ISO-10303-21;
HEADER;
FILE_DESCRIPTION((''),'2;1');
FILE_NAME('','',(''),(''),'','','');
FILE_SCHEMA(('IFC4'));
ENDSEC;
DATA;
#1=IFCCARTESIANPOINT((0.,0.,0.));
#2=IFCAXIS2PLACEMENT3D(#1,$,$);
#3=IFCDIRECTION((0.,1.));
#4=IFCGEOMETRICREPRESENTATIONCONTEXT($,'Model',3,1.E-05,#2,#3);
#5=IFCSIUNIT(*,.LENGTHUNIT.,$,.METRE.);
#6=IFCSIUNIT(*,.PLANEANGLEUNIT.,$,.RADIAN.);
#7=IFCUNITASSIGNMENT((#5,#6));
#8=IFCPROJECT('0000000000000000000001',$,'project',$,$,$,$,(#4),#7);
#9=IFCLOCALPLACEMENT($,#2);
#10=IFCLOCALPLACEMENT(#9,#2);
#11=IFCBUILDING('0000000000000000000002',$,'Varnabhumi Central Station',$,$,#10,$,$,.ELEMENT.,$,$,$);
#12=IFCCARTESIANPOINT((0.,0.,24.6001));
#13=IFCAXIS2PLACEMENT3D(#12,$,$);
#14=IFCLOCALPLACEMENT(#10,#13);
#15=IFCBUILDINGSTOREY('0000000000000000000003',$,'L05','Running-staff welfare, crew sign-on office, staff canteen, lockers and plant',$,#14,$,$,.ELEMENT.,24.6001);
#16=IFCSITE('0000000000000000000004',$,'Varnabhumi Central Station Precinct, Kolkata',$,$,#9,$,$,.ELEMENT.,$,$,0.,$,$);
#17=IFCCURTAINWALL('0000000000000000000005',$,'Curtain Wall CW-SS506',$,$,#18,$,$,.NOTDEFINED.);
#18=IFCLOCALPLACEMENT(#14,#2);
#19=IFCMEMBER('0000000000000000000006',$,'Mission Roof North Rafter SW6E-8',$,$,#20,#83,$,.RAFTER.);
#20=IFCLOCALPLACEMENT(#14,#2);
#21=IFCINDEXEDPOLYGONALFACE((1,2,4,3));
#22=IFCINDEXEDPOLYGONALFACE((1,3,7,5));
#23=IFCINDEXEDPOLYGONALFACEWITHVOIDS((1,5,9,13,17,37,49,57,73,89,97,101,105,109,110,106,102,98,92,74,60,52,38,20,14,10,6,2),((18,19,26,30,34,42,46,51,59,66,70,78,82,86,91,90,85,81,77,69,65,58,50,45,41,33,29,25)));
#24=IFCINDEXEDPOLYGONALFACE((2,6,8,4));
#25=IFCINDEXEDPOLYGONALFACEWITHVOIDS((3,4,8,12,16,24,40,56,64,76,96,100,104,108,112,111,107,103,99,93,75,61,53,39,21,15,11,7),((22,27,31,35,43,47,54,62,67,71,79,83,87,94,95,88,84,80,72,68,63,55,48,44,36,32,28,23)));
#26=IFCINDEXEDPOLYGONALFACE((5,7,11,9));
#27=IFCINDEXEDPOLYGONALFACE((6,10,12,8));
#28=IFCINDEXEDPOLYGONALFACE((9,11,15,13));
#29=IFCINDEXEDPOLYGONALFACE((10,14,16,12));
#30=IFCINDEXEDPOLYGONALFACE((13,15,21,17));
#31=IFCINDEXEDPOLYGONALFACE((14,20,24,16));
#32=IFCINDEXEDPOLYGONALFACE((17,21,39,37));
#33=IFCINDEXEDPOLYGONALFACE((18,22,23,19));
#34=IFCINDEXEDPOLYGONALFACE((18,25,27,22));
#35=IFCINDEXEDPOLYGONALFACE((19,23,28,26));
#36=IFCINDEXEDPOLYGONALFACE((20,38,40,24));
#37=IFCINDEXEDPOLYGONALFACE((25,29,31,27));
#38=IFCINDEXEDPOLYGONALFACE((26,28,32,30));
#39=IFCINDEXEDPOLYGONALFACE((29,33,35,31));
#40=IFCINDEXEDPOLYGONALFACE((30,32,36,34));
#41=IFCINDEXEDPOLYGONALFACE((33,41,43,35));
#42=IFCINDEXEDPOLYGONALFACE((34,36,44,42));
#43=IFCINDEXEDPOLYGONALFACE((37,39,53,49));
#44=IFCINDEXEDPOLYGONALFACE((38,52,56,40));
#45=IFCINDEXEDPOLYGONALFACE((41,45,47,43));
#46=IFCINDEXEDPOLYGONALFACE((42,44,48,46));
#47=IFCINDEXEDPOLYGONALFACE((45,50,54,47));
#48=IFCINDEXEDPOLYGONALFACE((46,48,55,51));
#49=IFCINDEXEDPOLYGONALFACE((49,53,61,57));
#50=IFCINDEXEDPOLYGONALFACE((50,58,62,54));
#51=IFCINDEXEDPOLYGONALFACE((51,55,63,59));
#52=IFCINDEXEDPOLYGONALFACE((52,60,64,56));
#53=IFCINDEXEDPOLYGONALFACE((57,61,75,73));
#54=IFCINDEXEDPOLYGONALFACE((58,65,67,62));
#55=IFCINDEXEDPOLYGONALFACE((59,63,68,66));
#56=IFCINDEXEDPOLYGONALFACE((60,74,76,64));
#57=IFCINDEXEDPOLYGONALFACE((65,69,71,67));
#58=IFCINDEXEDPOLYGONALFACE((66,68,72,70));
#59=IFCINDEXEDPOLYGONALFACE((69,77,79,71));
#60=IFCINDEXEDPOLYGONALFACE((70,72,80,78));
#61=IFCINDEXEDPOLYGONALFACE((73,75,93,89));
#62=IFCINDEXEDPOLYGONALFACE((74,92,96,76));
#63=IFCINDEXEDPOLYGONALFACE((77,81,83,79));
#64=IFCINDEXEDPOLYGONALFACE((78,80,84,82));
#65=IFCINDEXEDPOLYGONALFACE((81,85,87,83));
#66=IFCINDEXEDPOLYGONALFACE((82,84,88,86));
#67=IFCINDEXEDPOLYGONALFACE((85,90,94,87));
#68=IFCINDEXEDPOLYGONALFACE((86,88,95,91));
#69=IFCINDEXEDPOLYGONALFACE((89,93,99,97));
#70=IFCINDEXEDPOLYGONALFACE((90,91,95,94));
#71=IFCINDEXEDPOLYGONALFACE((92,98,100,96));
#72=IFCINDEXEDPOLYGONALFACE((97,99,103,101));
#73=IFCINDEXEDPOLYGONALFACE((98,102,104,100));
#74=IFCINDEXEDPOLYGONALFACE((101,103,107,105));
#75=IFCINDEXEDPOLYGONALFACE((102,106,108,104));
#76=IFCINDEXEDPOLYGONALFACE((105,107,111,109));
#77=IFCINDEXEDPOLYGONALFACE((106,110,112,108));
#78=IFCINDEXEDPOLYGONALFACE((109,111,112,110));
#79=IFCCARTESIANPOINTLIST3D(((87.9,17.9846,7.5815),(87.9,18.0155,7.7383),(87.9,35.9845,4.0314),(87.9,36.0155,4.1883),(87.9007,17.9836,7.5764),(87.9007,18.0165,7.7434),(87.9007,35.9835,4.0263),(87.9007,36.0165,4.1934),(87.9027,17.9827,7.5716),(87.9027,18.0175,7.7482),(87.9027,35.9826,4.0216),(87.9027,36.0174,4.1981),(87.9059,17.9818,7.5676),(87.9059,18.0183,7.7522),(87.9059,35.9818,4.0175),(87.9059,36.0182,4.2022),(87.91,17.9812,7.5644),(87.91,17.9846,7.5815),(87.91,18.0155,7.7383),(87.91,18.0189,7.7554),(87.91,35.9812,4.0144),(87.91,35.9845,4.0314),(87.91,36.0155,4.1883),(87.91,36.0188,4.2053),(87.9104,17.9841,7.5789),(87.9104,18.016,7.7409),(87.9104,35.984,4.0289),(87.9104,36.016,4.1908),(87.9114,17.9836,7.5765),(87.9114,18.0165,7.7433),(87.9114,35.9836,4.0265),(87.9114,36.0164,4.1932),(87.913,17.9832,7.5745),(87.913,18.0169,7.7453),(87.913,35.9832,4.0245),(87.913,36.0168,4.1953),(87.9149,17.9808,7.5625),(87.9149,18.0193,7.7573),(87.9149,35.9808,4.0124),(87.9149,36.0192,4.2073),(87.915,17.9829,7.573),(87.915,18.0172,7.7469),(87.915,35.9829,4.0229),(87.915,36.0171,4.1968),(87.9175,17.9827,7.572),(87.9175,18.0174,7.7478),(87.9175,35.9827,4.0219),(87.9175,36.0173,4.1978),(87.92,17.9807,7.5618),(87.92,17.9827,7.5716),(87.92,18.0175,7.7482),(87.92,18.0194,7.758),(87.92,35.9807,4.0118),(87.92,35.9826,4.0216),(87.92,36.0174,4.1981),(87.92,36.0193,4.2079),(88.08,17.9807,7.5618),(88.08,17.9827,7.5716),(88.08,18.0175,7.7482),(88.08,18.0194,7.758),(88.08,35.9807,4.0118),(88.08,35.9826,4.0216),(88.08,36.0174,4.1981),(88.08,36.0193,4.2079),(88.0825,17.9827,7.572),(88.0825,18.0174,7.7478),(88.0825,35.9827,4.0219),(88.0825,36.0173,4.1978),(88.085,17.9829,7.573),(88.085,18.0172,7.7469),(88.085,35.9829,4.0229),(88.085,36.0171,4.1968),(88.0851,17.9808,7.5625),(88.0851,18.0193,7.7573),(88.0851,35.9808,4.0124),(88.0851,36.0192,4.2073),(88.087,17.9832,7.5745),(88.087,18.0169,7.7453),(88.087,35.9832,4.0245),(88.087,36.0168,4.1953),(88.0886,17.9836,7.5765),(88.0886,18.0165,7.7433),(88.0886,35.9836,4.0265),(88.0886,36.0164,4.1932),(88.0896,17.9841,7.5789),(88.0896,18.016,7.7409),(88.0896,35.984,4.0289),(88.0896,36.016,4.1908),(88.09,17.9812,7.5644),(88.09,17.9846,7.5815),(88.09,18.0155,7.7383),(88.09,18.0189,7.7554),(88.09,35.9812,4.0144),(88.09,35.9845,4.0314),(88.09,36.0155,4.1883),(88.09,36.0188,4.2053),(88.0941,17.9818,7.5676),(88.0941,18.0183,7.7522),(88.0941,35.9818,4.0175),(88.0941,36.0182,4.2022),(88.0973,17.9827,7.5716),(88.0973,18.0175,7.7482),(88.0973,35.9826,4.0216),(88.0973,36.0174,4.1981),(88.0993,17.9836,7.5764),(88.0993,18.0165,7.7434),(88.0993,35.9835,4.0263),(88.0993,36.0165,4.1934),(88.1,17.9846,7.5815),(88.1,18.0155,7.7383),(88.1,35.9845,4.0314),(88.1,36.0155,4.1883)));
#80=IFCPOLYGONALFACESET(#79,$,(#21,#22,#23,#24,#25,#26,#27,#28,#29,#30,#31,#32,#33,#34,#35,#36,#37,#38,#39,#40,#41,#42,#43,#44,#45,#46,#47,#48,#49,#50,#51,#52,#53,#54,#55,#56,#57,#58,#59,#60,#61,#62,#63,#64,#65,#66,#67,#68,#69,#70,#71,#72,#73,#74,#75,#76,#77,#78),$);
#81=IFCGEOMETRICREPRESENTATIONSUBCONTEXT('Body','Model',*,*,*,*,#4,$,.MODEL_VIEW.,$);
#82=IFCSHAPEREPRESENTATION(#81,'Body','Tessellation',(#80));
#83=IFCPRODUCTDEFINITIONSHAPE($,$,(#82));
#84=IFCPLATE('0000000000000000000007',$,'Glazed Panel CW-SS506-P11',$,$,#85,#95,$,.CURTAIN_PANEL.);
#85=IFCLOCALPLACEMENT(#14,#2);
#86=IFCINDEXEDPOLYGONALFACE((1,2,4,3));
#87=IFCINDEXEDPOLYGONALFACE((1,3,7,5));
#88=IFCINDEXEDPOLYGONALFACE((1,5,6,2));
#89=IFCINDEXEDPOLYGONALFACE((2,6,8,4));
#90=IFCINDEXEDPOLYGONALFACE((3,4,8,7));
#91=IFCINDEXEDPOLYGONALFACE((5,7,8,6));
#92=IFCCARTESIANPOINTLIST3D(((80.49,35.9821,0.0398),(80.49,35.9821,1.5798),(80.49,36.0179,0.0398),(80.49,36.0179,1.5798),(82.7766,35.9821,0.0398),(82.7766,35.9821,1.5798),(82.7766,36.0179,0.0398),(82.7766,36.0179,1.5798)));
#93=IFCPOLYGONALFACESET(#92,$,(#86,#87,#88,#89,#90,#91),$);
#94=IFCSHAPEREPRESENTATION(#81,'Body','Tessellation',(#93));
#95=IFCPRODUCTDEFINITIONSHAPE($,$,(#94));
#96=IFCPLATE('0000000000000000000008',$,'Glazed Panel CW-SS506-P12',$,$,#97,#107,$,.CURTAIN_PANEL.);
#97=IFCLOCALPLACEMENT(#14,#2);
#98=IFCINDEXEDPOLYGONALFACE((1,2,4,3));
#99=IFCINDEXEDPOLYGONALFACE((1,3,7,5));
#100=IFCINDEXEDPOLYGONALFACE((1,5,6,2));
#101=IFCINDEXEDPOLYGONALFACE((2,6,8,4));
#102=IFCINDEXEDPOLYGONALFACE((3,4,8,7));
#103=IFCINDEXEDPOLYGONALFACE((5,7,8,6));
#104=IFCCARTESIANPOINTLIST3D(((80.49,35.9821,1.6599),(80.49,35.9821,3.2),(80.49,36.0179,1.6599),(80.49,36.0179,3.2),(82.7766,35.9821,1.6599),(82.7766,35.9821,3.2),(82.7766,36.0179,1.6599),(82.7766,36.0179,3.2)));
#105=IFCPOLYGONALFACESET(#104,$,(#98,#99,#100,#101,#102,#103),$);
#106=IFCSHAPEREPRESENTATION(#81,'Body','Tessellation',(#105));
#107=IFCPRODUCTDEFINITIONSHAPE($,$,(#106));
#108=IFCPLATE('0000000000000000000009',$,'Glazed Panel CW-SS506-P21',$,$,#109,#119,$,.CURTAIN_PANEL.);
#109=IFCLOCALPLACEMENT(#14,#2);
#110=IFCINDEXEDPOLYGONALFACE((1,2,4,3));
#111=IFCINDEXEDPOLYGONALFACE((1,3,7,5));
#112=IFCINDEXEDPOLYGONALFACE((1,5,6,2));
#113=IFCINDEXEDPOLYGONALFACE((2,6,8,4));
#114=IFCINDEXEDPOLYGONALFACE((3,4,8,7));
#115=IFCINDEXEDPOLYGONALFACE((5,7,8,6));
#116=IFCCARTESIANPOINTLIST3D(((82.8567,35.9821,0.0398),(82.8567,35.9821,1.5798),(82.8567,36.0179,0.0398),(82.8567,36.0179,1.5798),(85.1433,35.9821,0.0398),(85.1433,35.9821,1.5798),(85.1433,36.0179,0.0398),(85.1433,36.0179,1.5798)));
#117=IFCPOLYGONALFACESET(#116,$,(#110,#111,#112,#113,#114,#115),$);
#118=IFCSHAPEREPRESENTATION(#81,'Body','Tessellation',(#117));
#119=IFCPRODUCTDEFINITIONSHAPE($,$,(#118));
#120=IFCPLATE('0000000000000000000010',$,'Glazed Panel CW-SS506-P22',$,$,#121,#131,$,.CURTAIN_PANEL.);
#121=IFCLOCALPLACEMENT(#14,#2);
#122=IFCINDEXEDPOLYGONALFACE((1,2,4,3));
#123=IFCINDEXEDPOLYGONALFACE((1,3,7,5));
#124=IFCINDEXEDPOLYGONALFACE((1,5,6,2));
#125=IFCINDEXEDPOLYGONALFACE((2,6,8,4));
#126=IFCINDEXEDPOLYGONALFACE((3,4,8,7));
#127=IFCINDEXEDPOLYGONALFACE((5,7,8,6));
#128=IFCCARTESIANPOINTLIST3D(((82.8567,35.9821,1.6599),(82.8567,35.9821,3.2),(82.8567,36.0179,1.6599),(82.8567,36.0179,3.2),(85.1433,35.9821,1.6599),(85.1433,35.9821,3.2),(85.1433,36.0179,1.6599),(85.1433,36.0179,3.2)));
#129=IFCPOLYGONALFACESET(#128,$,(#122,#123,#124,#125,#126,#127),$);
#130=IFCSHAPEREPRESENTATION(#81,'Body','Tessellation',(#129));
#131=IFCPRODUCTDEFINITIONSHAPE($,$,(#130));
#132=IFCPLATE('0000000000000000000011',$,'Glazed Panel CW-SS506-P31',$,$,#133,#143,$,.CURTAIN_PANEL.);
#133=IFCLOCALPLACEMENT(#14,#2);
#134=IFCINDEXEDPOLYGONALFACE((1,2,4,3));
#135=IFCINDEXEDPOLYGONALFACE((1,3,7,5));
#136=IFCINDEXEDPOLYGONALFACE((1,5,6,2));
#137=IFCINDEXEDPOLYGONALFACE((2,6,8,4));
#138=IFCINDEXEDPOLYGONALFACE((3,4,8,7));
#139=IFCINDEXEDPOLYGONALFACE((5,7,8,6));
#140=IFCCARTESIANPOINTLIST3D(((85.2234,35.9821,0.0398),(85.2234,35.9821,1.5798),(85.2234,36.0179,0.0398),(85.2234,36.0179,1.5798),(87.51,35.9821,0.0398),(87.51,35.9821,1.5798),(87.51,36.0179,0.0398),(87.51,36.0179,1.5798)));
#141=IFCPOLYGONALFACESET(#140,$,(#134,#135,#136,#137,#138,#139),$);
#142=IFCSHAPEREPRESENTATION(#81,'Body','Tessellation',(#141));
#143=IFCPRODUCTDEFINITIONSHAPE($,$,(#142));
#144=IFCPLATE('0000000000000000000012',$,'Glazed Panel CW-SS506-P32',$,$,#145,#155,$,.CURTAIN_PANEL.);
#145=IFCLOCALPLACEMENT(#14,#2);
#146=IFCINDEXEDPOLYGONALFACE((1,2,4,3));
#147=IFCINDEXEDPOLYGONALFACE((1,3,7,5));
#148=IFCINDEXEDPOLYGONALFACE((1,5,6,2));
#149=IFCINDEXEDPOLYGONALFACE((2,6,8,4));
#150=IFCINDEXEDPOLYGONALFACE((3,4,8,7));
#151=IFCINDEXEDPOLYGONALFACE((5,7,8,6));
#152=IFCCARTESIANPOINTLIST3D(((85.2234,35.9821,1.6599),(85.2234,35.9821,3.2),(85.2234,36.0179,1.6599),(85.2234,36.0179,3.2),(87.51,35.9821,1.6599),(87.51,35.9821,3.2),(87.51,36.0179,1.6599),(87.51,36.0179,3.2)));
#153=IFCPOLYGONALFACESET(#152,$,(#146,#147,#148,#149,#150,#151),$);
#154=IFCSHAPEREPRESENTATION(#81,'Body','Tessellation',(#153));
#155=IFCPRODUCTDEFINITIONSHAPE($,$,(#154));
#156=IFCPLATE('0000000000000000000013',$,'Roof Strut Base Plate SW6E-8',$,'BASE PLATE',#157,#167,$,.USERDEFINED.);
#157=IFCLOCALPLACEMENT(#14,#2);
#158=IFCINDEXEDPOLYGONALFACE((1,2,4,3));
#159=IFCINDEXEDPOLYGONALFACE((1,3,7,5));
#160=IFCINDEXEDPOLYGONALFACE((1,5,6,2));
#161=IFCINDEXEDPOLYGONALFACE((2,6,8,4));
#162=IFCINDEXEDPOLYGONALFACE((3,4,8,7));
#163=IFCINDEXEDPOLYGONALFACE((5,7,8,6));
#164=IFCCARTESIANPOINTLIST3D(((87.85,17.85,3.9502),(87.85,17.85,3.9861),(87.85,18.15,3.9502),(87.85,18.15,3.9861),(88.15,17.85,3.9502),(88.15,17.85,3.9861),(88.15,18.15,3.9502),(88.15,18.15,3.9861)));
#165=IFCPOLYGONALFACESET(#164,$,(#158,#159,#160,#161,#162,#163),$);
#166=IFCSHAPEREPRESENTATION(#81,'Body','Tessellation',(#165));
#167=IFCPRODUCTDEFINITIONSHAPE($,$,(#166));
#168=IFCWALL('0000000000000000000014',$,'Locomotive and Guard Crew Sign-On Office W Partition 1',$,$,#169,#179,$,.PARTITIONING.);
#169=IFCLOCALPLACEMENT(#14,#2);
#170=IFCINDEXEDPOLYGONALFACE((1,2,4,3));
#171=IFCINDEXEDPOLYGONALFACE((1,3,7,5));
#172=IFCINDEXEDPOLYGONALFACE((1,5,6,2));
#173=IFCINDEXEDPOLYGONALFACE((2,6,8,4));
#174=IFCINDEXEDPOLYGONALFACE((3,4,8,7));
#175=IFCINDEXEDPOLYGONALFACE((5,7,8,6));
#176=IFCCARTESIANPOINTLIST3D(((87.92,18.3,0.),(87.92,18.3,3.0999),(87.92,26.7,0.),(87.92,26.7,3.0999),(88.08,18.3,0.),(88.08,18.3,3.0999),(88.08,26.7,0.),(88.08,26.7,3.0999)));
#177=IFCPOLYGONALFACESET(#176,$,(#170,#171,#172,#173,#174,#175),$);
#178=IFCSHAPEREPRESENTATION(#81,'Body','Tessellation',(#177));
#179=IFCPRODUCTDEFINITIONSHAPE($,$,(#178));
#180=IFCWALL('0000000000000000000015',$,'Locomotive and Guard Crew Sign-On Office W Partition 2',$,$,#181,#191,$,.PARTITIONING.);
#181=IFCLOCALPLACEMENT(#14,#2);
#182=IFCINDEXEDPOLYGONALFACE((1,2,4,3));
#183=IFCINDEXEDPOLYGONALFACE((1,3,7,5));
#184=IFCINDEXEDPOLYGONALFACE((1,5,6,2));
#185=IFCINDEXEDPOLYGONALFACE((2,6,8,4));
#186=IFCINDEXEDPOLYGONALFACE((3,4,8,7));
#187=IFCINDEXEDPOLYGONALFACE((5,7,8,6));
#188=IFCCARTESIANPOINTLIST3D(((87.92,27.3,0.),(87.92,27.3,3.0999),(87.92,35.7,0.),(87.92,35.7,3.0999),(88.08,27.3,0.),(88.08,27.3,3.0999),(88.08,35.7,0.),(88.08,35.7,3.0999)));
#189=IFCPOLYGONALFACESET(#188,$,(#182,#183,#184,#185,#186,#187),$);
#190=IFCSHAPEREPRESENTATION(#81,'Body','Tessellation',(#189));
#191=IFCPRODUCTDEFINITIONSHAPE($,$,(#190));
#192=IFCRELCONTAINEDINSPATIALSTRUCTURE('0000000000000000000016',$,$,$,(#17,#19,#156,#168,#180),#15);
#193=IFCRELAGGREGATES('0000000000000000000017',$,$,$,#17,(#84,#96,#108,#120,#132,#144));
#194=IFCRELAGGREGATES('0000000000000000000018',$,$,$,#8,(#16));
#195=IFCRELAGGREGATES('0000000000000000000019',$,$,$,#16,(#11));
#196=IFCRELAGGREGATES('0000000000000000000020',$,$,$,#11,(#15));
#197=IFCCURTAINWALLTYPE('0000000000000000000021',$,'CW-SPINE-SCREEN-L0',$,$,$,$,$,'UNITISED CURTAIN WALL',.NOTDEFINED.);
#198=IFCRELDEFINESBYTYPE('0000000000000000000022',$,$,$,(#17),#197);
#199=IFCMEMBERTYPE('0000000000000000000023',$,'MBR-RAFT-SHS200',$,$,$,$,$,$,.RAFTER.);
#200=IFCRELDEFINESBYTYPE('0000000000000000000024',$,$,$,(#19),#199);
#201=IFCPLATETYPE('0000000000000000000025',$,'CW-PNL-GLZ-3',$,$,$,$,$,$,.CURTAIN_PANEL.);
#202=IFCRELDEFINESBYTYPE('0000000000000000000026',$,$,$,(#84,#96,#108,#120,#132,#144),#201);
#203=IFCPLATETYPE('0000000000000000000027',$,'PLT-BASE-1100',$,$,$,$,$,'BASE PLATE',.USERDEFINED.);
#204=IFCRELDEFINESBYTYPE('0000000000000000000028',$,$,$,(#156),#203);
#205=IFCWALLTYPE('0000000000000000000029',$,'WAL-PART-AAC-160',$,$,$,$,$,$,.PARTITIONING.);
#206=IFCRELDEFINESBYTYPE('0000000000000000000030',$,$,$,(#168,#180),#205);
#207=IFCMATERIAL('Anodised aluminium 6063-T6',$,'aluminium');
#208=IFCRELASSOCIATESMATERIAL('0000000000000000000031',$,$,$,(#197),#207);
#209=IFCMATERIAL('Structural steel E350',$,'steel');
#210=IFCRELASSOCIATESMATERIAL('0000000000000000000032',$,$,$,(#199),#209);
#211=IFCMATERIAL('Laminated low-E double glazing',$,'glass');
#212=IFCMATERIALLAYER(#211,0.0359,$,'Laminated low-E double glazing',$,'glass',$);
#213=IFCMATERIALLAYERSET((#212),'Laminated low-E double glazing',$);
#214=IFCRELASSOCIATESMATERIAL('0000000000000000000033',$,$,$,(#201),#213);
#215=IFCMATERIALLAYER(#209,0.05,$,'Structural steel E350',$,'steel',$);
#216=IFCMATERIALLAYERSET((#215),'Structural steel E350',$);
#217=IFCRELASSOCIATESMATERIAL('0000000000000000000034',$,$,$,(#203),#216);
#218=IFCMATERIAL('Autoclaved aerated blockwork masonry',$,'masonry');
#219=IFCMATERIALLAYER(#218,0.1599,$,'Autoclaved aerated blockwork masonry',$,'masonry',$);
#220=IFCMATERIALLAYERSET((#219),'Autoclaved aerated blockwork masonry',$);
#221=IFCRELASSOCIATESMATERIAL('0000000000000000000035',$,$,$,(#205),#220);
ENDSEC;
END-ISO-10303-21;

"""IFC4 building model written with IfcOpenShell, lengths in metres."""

from ifc_helpers import new_model, si_unit, direction, frame, frame_2d, origin, origin_2d, place, context, subcontext, project, spatial, rectangle, hollow_rectangle, extrude, material, layer, layer_set, material_profile, profile_set, type_object, element, aggregate, save


model = new_model("IFC4")

# Units and contexts
model_context = context("Model", 3, precision=1e-05, world=origin(), true_north=direction((0.0, 1.0)))
body_context = subcontext(model_context, "Body", "Model", "MODEL_VIEW")
ifc_project = project(units=[si_unit("LENGTHUNIT", "METRE"), si_unit("PLANEANGLEUNIT", "RADIAN")], contexts=[model_context])

# Site, building, storey
site_placement = place(None, origin())
site = spatial("IfcSite", under=ifc_project, at=site_placement, Name="Varnabhumi Central Station Precinct, Kolkata", CompositionType="ELEMENT", RefElevation=0.0)
building_placement = place(site_placement, origin())
building = spatial("IfcBuilding", under=site, at=building_placement, Name="Varnabhumi Central Station", CompositionType="ELEMENT")
storey_placement = place(building_placement, frame((0.0, 0.0, 24.6001)))
storey = spatial("IfcBuildingStorey", under=building, at=storey_placement, Name="L05", Description="Running-staff welfare, crew sign-on office, staff canteen, lockers and plant", CompositionType="ELEMENT", Elevation=24.6001)

# Shared definitions
ifc_material_1 = material(Name="Structural steel E350", Category="steel")

# Curtain wall
ifc_material_2 = material(Name="Anodised aluminium 6063-T6", Category="aluminium")
curtain_wall_type = type_object("IfcCurtainWallType", Name="CW-SPINE-SCREEN-L0", ElementType="UNITISED CURTAIN WALL", PredefinedType="NOTDEFINED", material=ifc_material_2)
curtain_wall_placement = place(storey_placement, origin())
curtain_wall = element("IfcCurtainWall", 1, at=curtain_wall_placement, inside=storey, type_object=curtain_wall_type, Name="Curtain Wall CW-SS506", PredefinedType="NOTDEFINED")

# Member
ifc_material_profile_1 = material_profile(ifc_material_1, hollow_rectangle(XDim=0.2, YDim=0.2, WallThickness=0.01, InnerFilletRadius=0.01, OuterFilletRadius=0.02, at=origin_2d()), Name="Structural steel E350", Category="steel")
ifc_profile_set_1 = profile_set([ifc_material_profile_1], Name="Structural steel E350")
member_type_1 = type_object("IfcMemberType", Name="MBR-RAFT-SHS200", PredefinedType="RAFTER", material=ifc_profile_set_1)
member_1_placement = place(storey_placement, frame((88.0, 36.0, 4.1099), z_axis=(0.0, -0.981101, 0.193498), x_axis=(1.0, 0.0, 0.0)))
element("IfcMember", 2, at=member_1_placement, inside=storey, type_object=member_type_1, Name="Mission Roof North Rafter SW6E-8", PredefinedType="RAFTER", context=body_context, shape_type="SweptSolid", body=[
    extrude(hollow_rectangle(XDim=0.2, YDim=0.2, WallThickness=0.01, InnerFilletRadius=0.01, OuterFilletRadius=0.02, at=origin_2d()), origin(), (0.0, 0.0, 1.0), 18.3467),
])

# Plates
ifc_material_3 = material(Name="Laminated low-E double glazing", Category="glass")
ifc_layer_1 = layer(ifc_material_3, 0.0359, Name="Laminated low-E double glazing", Category="glass")
ifc_layer_set_1 = layer_set([ifc_layer_1], Name="Laminated low-E double glazing")
plate_type_1 = type_object("IfcPlateType", Name="CW-PNL-GLZ-3", PredefinedType="CURTAIN_PANEL", material=ifc_layer_set_1)
plate_1_placement = place(storey_placement, frame((81.6333, 36.0, 0.0398), z_axis=(0.0, 0.0, 1.0), x_axis=(1.0, 0.0, 0.0)))
plate_1 = element("IfcPlate", 3, at=plate_1_placement, type_object=plate_type_1, Name="Glazed Panel CW-SS506-P11", PredefinedType="CURTAIN_PANEL", context=body_context, shape_type="SweptSolid", body=[
    extrude(rectangle(XDim=2.2866, YDim=0.0359, at=origin_2d()), origin(), (0.0, 0.0, 1.0), 1.54),
])
plate_2_placement = place(storey_placement, frame((81.6333, 36.0, 1.6599), z_axis=(0.0, 0.0, 1.0), x_axis=(1.0, 0.0, 0.0)))
plate_2 = element("IfcPlate", 4, at=plate_2_placement, type_object=plate_type_1, Name="Glazed Panel CW-SS506-P12", PredefinedType="CURTAIN_PANEL", context=body_context, shape_type="SweptSolid", body=[
    extrude(rectangle(XDim=2.2866, YDim=0.0359, at=origin_2d()), origin(), (0.0, 0.0, 1.0), 1.54),
])
plate_3_placement = place(storey_placement, frame((84.0, 36.0, 0.0398), z_axis=(0.0, 0.0, 1.0), x_axis=(1.0, 0.0, 0.0)))
plate_3 = element("IfcPlate", 5, at=plate_3_placement, type_object=plate_type_1, Name="Glazed Panel CW-SS506-P21", PredefinedType="CURTAIN_PANEL", context=body_context, shape_type="SweptSolid", body=[
    extrude(rectangle(XDim=2.2866, YDim=0.0359, at=origin_2d()), origin(), (0.0, 0.0, 1.0), 1.54),
])
plate_4_placement = place(storey_placement, frame((84.0, 36.0, 1.6599), z_axis=(0.0, 0.0, 1.0), x_axis=(1.0, 0.0, 0.0)))
plate_4 = element("IfcPlate", 6, at=plate_4_placement, type_object=plate_type_1, Name="Glazed Panel CW-SS506-P22", PredefinedType="CURTAIN_PANEL", context=body_context, shape_type="SweptSolid", body=[
    extrude(rectangle(XDim=2.2866, YDim=0.0359, at=origin_2d()), origin(), (0.0, 0.0, 1.0), 1.54),
])
plate_5_placement = place(storey_placement, frame((86.3667, 36.0, 0.0398), z_axis=(0.0, 0.0, 1.0), x_axis=(1.0, 0.0, 0.0)))
plate_5 = element("IfcPlate", 7, at=plate_5_placement, type_object=plate_type_1, Name="Glazed Panel CW-SS506-P31", PredefinedType="CURTAIN_PANEL", context=body_context, shape_type="SweptSolid", body=[
    extrude(rectangle(XDim=2.2866, YDim=0.0359, at=origin_2d()), origin(), (0.0, 0.0, 1.0), 1.54),
])
plate_6_placement = place(storey_placement, frame((86.3667, 36.0, 1.6599), z_axis=(0.0, 0.0, 1.0), x_axis=(1.0, 0.0, 0.0)))
plate_6 = element("IfcPlate", 8, at=plate_6_placement, type_object=plate_type_1, Name="Glazed Panel CW-SS506-P32", PredefinedType="CURTAIN_PANEL", context=body_context, shape_type="SweptSolid", body=[
    extrude(rectangle(XDim=2.2866, YDim=0.0359, at=origin_2d()), origin(), (0.0, 0.0, 1.0), 1.54),
])
aggregate(curtain_wall, [plate_1, plate_2, plate_3, plate_4, plate_5, plate_6])
ifc_layer_2 = layer(ifc_material_1, 0.05, Name="Structural steel E350", Category="steel")
ifc_layer_set_2 = layer_set([ifc_layer_2], Name="Structural steel E350")
plate_type_2 = type_object("IfcPlateType", Name="PLT-BASE-1100", ElementType="BASE PLATE", PredefinedType="USERDEFINED", material=ifc_layer_set_2)
plate_7_placement = place(storey_placement, frame((88.0, 18.0, 3.9502), z_axis=(0.0, 0.0, 1.0), x_axis=(1.0, 0.0, 0.0)))
element("IfcPlate", 9, at=plate_7_placement, inside=storey, type_object=plate_type_2, Name="Roof Strut Base Plate SW6E-8", ObjectType="BASE PLATE", PredefinedType="USERDEFINED", context=body_context, shape_type="SweptSolid", body=[
    extrude(rectangle(XDim=0.3, YDim=0.3, at=origin_2d()), origin(), (0.0, 0.0, 1.0), 0.0359),
])

# Walls
ifc_material_4 = material(Name="Autoclaved aerated blockwork masonry", Category="masonry")
ifc_layer_3 = layer(ifc_material_4, 0.1599, Name="Autoclaved aerated blockwork masonry", Category="masonry")
ifc_layer_set_3 = layer_set([ifc_layer_3], Name="Autoclaved aerated blockwork masonry")
wall_type = type_object("IfcWallType", Name="WAL-PART-AAC-160", PredefinedType="PARTITIONING", material=ifc_layer_set_3)
for number, where, z_axis, x_axis, name in (
    (10, (88.0, 18.3, 0.0), (0.0, 0.0, 1.0), (0.0, 1.0, 0.0), "Locomotive and Guard Crew Sign-On Office W Partition 1"),
    (11, (88.0, 27.3, 0.0), (0.0, 0.0, 1.0), (0.0, 1.0, 0.0), "Locomotive and Guard Crew Sign-On Office W Partition 2"),
):
    element("IfcWall", number, at=place(storey_placement, frame(where, z_axis=z_axis, x_axis=x_axis)), inside=storey, type_object=wall_type, Name=name, PredefinedType="PARTITIONING", context=body_context, shape_type="SweptSolid", body=[
        extrude(rectangle(XDim=8.3999, YDim=0.1599, at=frame_2d((4.2, 0.0))), origin(), (0.0, 0.0, 1.0), 3.0999),
    ])

save(model, "model.ifc")
